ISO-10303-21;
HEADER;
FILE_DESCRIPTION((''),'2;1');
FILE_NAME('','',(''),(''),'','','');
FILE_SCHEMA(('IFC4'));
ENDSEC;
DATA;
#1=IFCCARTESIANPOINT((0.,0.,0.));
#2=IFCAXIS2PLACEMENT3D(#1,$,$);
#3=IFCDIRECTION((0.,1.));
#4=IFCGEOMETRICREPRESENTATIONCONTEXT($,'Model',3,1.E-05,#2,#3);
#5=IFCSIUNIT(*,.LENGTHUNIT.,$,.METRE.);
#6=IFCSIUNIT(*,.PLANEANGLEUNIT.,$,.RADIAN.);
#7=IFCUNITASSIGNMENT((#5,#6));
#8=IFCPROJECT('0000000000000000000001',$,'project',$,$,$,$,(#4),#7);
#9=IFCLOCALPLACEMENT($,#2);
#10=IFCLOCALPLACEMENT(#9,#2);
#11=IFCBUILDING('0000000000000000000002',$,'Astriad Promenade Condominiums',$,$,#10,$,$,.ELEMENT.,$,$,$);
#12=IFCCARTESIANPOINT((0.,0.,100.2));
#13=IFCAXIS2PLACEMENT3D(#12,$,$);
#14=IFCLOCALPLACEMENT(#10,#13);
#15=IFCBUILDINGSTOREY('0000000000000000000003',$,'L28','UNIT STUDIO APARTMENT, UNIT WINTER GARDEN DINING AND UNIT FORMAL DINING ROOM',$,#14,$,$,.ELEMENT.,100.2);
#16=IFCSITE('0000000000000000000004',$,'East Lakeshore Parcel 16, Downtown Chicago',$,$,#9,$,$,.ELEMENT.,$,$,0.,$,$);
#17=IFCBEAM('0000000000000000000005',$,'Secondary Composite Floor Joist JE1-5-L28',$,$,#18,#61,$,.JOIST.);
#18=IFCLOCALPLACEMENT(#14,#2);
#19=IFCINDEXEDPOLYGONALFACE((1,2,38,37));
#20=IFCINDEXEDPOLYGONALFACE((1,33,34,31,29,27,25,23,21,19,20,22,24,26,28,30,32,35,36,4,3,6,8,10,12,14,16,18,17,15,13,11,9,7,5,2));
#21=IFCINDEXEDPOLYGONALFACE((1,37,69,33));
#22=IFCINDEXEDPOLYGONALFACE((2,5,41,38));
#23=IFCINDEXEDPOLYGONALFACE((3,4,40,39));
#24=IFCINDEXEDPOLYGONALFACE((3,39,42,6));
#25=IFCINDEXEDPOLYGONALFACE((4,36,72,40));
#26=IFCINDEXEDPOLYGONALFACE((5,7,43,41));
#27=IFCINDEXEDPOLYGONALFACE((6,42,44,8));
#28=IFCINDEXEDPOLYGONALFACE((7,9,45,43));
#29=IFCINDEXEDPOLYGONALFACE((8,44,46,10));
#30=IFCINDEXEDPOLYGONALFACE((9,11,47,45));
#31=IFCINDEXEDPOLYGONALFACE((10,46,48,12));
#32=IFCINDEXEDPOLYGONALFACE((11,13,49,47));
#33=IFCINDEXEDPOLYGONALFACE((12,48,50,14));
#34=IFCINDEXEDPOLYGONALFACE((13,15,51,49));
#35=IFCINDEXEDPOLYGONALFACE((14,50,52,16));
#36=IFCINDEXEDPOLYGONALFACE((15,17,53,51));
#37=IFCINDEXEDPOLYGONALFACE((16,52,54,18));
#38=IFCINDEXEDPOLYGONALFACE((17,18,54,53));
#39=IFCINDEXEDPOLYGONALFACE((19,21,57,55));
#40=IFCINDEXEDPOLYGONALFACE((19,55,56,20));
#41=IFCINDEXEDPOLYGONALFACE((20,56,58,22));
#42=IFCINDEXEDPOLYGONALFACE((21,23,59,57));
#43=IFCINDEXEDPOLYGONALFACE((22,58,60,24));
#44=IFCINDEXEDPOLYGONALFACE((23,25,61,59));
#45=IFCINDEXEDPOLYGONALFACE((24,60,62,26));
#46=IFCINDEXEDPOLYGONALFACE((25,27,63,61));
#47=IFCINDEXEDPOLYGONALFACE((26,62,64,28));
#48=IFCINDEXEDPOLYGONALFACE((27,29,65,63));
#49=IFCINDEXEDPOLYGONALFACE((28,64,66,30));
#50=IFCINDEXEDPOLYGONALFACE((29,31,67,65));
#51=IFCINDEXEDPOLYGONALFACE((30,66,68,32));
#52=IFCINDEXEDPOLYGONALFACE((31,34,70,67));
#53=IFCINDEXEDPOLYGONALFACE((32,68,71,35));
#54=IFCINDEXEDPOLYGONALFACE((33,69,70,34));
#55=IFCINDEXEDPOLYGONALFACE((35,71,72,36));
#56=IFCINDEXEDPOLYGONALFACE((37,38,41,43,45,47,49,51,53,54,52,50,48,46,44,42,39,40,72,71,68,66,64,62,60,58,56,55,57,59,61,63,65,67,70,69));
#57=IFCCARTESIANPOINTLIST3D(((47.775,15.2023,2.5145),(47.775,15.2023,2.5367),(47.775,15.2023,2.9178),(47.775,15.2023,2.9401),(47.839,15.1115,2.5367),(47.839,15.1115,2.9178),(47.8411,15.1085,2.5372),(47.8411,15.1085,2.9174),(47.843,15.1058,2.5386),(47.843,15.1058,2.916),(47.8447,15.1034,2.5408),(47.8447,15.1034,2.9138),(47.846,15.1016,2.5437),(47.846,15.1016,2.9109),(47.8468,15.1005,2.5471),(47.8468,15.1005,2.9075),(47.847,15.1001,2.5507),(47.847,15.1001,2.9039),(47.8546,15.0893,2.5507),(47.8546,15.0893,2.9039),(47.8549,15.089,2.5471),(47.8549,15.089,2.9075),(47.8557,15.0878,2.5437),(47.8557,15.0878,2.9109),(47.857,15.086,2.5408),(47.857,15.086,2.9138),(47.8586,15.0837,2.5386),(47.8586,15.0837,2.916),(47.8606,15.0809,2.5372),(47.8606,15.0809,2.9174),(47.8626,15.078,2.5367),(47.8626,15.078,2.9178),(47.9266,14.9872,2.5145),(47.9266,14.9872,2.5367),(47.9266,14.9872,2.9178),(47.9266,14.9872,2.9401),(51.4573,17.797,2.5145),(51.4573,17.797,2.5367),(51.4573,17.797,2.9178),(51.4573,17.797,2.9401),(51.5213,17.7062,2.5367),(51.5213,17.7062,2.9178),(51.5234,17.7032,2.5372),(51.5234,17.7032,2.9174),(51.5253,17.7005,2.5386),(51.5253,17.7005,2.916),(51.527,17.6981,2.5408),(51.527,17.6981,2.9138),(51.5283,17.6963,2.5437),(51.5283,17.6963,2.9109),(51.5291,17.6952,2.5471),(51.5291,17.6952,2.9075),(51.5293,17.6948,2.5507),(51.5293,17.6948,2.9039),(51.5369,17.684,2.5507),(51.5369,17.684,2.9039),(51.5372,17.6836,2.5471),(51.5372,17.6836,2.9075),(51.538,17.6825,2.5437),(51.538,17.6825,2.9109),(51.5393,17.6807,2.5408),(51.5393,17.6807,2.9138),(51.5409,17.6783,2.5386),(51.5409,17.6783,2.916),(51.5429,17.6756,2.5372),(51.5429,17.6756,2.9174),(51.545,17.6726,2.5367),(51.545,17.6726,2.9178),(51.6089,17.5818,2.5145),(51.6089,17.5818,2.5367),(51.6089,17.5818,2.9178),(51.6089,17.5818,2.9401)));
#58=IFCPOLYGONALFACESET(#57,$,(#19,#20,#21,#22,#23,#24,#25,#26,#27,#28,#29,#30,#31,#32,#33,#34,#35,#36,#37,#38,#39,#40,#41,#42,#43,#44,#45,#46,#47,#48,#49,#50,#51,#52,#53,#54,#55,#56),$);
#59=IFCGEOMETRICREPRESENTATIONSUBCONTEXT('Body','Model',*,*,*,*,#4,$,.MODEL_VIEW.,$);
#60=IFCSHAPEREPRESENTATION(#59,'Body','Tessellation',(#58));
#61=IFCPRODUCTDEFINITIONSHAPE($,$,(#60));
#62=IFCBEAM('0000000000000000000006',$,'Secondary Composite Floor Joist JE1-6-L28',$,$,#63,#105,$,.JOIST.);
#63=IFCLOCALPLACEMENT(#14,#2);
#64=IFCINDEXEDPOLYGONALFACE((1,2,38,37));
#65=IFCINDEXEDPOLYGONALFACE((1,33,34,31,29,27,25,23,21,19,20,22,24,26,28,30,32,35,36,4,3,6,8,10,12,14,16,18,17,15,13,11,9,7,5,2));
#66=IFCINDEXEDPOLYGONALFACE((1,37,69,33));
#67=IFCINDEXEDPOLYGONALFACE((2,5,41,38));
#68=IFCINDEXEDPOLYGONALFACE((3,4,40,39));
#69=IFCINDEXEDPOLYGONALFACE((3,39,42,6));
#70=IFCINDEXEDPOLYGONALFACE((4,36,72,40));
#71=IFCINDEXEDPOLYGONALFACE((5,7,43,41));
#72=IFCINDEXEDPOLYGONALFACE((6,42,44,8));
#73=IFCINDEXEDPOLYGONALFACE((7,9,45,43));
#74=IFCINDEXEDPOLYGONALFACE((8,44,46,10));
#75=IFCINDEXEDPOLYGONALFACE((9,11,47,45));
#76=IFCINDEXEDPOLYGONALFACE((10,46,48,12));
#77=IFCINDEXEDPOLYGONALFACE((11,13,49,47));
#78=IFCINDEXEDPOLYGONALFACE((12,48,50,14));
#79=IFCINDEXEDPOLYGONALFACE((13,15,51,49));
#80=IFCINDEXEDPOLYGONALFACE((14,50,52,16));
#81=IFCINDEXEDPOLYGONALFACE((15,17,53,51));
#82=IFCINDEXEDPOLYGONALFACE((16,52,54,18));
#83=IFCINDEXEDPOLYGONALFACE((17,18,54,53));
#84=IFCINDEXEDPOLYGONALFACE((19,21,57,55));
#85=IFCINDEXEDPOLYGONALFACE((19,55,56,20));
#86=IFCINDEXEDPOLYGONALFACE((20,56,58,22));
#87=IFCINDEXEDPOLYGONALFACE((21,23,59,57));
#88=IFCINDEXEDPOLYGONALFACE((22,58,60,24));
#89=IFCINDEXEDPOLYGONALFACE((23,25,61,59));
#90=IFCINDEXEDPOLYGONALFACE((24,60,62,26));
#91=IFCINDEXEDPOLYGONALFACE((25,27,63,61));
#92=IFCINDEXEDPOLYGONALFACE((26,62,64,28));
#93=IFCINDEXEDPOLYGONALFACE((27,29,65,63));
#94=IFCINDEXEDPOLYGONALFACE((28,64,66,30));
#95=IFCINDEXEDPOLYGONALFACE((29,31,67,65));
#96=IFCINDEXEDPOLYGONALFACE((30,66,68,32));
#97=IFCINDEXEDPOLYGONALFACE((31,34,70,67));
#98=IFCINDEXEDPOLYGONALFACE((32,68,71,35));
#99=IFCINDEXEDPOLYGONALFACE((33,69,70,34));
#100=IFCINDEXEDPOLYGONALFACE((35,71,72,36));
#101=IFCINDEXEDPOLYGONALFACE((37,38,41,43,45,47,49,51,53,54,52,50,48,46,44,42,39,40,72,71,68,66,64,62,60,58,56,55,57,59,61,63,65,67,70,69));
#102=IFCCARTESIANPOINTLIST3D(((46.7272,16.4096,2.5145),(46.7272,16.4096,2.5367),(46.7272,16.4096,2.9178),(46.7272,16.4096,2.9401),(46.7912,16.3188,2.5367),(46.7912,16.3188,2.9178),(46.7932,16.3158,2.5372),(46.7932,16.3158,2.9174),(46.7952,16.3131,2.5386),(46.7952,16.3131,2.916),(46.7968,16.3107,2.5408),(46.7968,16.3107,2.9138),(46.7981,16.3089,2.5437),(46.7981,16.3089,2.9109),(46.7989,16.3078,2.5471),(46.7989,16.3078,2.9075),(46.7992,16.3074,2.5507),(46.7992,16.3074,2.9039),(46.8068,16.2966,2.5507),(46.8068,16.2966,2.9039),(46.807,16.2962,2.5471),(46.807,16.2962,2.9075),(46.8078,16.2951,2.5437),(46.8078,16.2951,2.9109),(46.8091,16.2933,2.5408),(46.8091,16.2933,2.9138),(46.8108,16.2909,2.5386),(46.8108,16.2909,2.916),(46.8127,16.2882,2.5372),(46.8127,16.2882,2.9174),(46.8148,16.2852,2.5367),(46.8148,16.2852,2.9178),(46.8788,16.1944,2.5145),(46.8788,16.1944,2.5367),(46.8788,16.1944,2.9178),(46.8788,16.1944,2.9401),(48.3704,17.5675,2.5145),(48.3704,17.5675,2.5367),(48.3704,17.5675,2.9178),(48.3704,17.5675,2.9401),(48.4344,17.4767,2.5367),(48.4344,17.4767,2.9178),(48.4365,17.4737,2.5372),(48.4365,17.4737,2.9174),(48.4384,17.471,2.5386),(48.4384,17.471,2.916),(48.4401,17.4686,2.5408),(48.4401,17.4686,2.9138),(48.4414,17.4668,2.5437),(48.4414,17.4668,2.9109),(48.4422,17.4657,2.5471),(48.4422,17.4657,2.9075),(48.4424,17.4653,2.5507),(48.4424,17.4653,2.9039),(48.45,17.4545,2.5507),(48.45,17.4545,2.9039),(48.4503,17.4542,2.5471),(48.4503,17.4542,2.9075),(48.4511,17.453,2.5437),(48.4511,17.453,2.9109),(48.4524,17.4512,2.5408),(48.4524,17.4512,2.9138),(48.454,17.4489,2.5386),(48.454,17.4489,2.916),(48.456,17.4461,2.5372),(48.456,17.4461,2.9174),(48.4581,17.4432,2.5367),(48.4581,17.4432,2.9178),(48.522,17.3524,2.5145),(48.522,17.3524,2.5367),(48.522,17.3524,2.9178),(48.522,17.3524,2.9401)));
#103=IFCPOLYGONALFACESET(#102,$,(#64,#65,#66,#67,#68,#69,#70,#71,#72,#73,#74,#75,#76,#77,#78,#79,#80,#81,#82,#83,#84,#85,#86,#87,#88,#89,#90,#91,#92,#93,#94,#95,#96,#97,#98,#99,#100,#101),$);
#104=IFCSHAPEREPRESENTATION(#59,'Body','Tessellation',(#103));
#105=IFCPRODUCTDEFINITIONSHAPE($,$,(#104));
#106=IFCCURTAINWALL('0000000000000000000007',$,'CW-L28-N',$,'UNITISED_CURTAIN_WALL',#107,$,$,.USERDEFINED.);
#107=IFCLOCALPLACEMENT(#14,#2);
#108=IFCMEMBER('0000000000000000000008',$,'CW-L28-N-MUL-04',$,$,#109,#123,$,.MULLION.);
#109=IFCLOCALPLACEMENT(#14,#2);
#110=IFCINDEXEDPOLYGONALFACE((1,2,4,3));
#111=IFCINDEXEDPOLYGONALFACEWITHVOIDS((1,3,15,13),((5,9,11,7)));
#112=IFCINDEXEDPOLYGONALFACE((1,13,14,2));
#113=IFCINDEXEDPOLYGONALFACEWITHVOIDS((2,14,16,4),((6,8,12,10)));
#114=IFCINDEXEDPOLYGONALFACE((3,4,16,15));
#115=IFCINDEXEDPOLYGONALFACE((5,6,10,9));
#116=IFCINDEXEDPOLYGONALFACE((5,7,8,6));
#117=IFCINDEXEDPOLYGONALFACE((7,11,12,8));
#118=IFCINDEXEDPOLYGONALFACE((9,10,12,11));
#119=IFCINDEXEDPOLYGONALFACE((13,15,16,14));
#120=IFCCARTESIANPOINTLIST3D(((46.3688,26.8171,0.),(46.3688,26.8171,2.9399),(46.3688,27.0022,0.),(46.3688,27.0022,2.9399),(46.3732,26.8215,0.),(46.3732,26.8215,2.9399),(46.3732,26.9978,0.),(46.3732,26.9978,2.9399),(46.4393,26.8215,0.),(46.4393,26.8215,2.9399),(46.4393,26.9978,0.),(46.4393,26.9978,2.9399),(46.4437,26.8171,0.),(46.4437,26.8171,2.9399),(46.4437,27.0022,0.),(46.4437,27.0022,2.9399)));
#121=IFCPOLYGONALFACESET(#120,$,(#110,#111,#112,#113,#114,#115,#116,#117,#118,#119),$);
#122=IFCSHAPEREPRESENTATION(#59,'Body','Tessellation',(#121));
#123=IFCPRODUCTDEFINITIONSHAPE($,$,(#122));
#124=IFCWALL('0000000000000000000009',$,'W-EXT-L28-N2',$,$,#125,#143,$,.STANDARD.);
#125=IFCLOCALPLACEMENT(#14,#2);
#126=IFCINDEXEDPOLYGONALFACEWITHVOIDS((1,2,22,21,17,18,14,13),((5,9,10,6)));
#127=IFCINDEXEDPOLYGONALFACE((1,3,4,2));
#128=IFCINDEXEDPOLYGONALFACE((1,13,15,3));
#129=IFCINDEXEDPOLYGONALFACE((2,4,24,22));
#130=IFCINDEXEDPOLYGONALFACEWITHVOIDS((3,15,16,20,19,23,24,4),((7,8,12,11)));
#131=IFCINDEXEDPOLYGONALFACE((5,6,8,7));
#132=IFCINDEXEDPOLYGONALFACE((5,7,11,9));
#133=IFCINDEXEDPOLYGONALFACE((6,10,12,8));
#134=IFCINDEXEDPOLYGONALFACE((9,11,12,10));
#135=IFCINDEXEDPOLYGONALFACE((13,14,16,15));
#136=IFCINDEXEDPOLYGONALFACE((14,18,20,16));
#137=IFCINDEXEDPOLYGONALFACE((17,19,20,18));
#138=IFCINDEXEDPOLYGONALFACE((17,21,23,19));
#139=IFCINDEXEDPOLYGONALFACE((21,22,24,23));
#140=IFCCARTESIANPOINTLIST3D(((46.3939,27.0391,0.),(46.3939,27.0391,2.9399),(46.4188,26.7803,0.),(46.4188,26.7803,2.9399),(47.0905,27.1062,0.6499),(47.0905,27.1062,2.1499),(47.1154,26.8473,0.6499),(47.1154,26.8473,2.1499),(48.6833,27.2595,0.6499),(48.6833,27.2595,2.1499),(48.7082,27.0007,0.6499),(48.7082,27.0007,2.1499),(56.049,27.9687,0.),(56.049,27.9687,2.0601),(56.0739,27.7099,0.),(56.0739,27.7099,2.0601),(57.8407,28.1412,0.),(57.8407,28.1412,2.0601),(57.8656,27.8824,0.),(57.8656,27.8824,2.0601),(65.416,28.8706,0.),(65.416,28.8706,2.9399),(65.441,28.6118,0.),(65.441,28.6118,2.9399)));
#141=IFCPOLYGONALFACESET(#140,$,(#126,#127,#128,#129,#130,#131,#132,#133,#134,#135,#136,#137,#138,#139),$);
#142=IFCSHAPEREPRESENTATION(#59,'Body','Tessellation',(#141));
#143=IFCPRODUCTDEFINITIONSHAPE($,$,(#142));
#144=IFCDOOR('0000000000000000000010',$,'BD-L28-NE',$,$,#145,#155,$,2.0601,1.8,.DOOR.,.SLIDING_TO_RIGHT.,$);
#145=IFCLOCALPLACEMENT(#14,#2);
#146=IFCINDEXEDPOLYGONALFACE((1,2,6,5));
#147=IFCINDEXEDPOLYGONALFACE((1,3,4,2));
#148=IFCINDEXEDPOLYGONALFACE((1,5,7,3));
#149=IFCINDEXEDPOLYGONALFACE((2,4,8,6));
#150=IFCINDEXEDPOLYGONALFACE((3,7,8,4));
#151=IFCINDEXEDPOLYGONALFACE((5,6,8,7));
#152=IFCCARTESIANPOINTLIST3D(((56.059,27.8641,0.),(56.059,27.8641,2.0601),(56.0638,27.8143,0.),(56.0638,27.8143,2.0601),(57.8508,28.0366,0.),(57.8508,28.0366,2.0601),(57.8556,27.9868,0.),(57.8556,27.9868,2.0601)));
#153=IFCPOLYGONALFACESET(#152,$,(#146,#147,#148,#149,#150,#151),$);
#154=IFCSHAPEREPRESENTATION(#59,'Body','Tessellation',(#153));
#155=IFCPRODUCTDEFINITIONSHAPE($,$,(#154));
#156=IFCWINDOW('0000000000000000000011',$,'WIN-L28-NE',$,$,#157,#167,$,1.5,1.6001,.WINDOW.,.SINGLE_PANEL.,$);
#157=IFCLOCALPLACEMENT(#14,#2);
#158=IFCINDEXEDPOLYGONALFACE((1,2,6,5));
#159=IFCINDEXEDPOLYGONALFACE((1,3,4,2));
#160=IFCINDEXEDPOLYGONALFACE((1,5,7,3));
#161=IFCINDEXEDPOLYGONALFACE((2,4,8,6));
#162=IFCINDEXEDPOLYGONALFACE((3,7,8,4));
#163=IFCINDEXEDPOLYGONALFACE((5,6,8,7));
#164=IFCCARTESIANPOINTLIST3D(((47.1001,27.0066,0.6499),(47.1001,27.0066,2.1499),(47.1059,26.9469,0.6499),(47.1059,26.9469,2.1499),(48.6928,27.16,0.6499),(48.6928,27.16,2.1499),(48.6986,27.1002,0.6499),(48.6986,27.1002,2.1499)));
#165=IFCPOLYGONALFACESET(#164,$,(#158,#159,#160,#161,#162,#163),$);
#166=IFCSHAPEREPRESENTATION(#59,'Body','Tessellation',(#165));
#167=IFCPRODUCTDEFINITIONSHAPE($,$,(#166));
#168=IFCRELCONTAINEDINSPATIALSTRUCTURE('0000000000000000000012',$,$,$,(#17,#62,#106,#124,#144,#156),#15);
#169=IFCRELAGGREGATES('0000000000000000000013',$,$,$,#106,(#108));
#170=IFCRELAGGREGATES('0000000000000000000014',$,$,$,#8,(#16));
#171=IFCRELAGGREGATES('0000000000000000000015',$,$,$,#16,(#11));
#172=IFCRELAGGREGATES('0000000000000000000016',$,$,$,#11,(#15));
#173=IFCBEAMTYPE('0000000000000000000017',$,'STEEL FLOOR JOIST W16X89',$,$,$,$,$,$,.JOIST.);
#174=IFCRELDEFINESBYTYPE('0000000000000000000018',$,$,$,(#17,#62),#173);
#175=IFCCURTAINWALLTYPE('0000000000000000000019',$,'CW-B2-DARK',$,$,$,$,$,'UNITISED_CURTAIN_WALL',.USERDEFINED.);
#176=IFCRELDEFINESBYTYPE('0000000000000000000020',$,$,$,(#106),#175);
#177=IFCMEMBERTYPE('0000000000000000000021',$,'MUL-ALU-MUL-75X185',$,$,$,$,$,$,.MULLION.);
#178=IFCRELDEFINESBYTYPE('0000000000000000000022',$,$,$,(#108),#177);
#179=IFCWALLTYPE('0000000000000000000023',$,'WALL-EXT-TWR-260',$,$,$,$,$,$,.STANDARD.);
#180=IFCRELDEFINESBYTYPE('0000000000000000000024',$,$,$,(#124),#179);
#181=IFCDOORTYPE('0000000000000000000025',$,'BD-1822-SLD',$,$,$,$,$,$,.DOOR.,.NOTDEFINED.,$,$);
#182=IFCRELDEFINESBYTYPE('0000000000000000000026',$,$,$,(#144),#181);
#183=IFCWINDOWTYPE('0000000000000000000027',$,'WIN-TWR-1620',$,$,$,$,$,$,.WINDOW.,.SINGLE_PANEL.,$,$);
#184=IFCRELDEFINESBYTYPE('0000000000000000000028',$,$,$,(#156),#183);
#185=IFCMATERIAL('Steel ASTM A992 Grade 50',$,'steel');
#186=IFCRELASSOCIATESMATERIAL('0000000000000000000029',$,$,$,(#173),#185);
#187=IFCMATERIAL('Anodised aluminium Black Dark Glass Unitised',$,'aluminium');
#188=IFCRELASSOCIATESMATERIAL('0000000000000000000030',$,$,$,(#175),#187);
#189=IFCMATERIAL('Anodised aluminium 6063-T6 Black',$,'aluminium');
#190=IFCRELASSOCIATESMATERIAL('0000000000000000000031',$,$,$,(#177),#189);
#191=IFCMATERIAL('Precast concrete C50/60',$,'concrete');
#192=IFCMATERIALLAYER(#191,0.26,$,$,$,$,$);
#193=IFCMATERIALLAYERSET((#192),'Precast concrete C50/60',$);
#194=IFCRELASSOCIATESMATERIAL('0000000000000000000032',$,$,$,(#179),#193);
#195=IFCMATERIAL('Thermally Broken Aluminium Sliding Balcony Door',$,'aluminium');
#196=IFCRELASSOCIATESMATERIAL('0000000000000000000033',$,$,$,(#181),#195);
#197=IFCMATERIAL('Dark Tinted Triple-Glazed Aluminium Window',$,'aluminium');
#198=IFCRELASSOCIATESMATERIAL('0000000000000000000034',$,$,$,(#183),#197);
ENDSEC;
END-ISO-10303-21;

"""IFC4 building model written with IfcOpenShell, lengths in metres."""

from ifc_helpers import new_model, si_unit, direction, frame, frame_2d, origin, origin_2d, place, context, subcontext, project, spatial, rectangle, hollow_rectangle, i_section, extrude, source, transform, mapped, material, layer, layer_set, material_profile, profile_set, type_object, type_shapes, element, fill, aggregate, save


model = new_model("IFC4")

# Units and contexts
model_context = context("Model", 3, precision=1e-05, world=origin(), true_north=direction((0.0, 1.0)))
body_context = subcontext(model_context, "Body", "Model", "MODEL_VIEW")
ifc_project = project(units=[si_unit("LENGTHUNIT", "METRE"), si_unit("PLANEANGLEUNIT", "RADIAN")], contexts=[model_context])

# Site, building, storey
site_placement = place(None, origin())
site = spatial("IfcSite", under=ifc_project, at=site_placement, Name="East Lakeshore Parcel 16, Downtown Chicago", CompositionType="ELEMENT", RefElevation=0.0)
building_placement = place(site_placement, origin())
building = spatial("IfcBuilding", under=site, at=building_placement, Name="Astriad Promenade Condominiums", CompositionType="ELEMENT")
storey_placement = place(building_placement, frame((0.0, 0.0, 100.2)))
storey = spatial("IfcBuildingStorey", under=building, at=storey_placement, Name="L28", Description="UNIT STUDIO APARTMENT, UNIT WINTER GARDEN DINING AND UNIT FORMAL DINING ROOM", CompositionType="ELEMENT", Elevation=100.2)

# Beams
ifc_material_1 = material(Name="Steel ASTM A992 Grade 50", Category="steel")
ifc_material_profile_1 = material_profile(ifc_material_1, i_section(OverallWidth=0.2632, OverallDepth=0.4255, WebThickness=0.0132, FlangeThickness=0.0222, FilletRadius=0.0139, at=origin_2d()), Name="W16X89")
ifc_profile_set_1 = profile_set([ifc_material_profile_1], Name="Steel ASTM A992 Grade 50")
beam_type_1 = type_object("IfcBeamType", Name="STEEL FLOOR JOIST W16X89", PredefinedType="JOIST", material=ifc_profile_set_1)
shared_shape_1 = source(origin(), body_context, "Body", "SweptSolid", [
    extrude(i_section(OverallWidth=0.2632, OverallDepth=0.4255, WebThickness=0.0132, FlangeThickness=0.0222, FilletRadius=0.0139, at=origin_2d()), origin(), (0.0, 0.0, 1.0), 4.5046),
])
beam_1_placement = place(storey_placement, frame((47.8508, 15.0947, 2.7273), z_axis=(0.817448, 0.576002, 0.0), x_axis=(-0.576002, 0.817448, 0.0)))
element("IfcBeam", 1, at=beam_1_placement, inside=storey, type_object=beam_type_1, Name="Secondary Composite Floor Joist JE1-5-L28", PredefinedType="JOIST", context=body_context, shape_type="MappedRepresentation", body=[
    mapped(shared_shape_1, transform((0.0, 0.0, 0.0), scale=1.0)),
])
shared_shape_2 = source(origin(), body_context, "Body", "SweptSolid", [
    extrude(i_section(OverallWidth=0.2632, OverallDepth=0.4255, WebThickness=0.0132, FlangeThickness=0.0222, FilletRadius=0.0139, at=origin_2d()), origin(), (0.0, 0.0, 1.0), 2.0103),
])
beam_2_placement = place(storey_placement, frame((46.803, 16.302, 2.7273), z_axis=(0.817442, 0.576011, 0.0), x_axis=(-0.576011, 0.817442, 0.0)))
element("IfcBeam", 2, at=beam_2_placement, inside=storey, type_object=beam_type_1, Name="Secondary Composite Floor Joist JE1-6-L28", PredefinedType="JOIST", context=body_context, shape_type="MappedRepresentation", body=[
    mapped(shared_shape_2, transform((0.0, 0.0, 0.0), scale=1.0)),
])

# Curtain wall, member
ifc_material_2 = material(Name="Anodised aluminium Black Dark Glass Unitised", Category="aluminium")
curtain_wall_type = type_object("IfcCurtainWallType", Name="CW-B2-DARK", ElementType="UNITISED_CURTAIN_WALL", PredefinedType="USERDEFINED", material=ifc_material_2)
curtain_wall_placement = place(storey_placement, origin())
curtain_wall = element("IfcCurtainWall", 3, at=curtain_wall_placement, inside=storey, type_object=curtain_wall_type, Name="CW-L28-N", ObjectType="UNITISED_CURTAIN_WALL", PredefinedType="USERDEFINED")
ifc_material_3 = material(Name="Anodised aluminium 6063-T6 Black", Category="aluminium")
ifc_material_profile_2 = material_profile(ifc_material_3, hollow_rectangle(XDim=0.075, YDim=0.1851, WallThickness=0.0044, at=origin_2d()), Name="ALU-MUL-75X185")
ifc_profile_set_2 = profile_set([ifc_material_profile_2], Name="Anodised aluminium 6063-T6 Black")
member_type = type_object("IfcMemberType", Name="MUL-ALU-MUL-75X185", PredefinedType="MULLION", material=ifc_profile_set_2)
shared_shape_3 = source(origin(), body_context, "Body", "SweptSolid", [
    extrude(hollow_rectangle(XDim=0.075, YDim=0.1851, WallThickness=0.0044, at=origin_2d()), origin(), (0.0, 0.0, 1.0), 2.9399),
])
type_shapes(member_type, [shared_shape_3])
member_placement = place(storey_placement, frame((46.4062, 26.9097, 0.0), z_axis=(0.0, 0.0, 1.0), x_axis=(1.0, 0.0, 0.0)))
member = element("IfcMember", 4, at=member_placement, type_object=member_type, Name="CW-L28-N-MUL-04", PredefinedType="MULLION", context=body_context, shape_type="MappedRepresentation", body=[
    mapped(shared_shape_3, transform((0.0, 0.0, 0.0), scale=1.0)),
])
aggregate(curtain_wall, [member])

# Wall, openings, door, window
ifc_material_4 = material(Name="Precast concrete C50/60", Category="concrete")
ifc_layer_1 = layer(ifc_material_4, 0.26)
ifc_layer_set_1 = layer_set([ifc_layer_1], Name="Precast concrete C50/60")
wall_type_1 = type_object("IfcWallType", Name="WALL-EXT-TWR-260", PredefinedType="STANDARD", material=ifc_layer_set_1)
wall_1_placement = place(storey_placement, frame((46.4062, 26.9097, 0.0), z_axis=(0.0, 0.0, 1.0), x_axis=(0.995397, 0.095841, 0.0)))
wall_1 = element("IfcWall", 5, at=wall_1_placement, inside=storey, type_object=wall_type_1, Name="W-EXT-L28-N2", PredefinedType="STANDARD", context=body_context, shape_type="SweptSolid", body=[
    extrude(rectangle(XDim=19.1101, YDim=0.26, at=frame_2d((9.5552, 0.0))), origin(), (0.0, 0.0, 1.0), 2.9399),
])
opening_1_placement = place(wall_1_placement, frame((9.7, 0.0, 0.0)))
opening_1 = element("IfcOpeningElement", 6, at=opening_1_placement, cuts=wall_1, PredefinedType="OPENING", context=body_context, shape_type="SweptSolid", body=[
    extrude(rectangle(XDim=1.8, YDim=2.0601, at=frame_2d((0.8999, 1.03))), frame((0.0, 0.1399, 0.0), z_axis=(0.0, -1.0, 0.0), x_axis=(1.0, 0.0, 0.0)), (0.0, 0.0, 1.0), 0.28),
])
opening_2_placement = place(wall_1_placement, frame((0.7, 0.0, 0.6499)))
opening_2 = element("IfcOpeningElement", 7, at=opening_2_placement, cuts=wall_1, PredefinedType="OPENING", context=body_context, shape_type="SweptSolid", body=[
    extrude(rectangle(XDim=1.6001, YDim=1.5, at=frame_2d((0.8, 0.75))), frame((0.0, 0.1399, 0.0), z_axis=(0.0, -1.0, 0.0), x_axis=(1.0, 0.0, 0.0)), (0.0, 0.0, 1.0), 0.28),
])
ifc_material_5 = material(Name="Thermally Broken Aluminium Sliding Balcony Door", Category="aluminium")
door_type_1 = type_object("IfcDoorType", Name="BD-1822-SLD", OperationType="NOTDEFINED", PredefinedType="DOOR", material=ifc_material_5)
shared_shape_4 = source(origin(), body_context, "Body", "SweptSolid", [
    extrude(rectangle(XDim=1.8, YDim=2.0601, at=frame_2d((0.8999, 1.03))), frame((0.0, 0.0249, 0.0), z_axis=(0.0, -1.0, 0.0), x_axis=(1.0, 0.0, 0.0)), (0.0, 0.0, 1.0), 0.05),
])
type_shapes(door_type_1, [shared_shape_4])
door_1_placement = place(opening_1_placement, origin())
door_1 = element("IfcDoor", 8, at=door_1_placement, inside=storey, type_object=door_type_1, Name="BD-L28-NE", OperationType="SLIDING_TO_RIGHT", OverallHeight=2.0601, OverallWidth=1.8, PredefinedType="DOOR", context=body_context, shape_type="MappedRepresentation", body=[
    mapped(shared_shape_4, transform((0.0, 0.0, 0.0), scale=1.0)),
])
fill(opening_1, door_1)
ifc_material_6 = material(Name="Dark Tinted Triple-Glazed Aluminium Window", Category="aluminium")
window_type = type_object("IfcWindowType", Name="WIN-TWR-1620", PartitioningType="SINGLE_PANEL", PredefinedType="WINDOW", material=ifc_material_6)
shared_shape_5 = source(origin(), body_context, "Body", "SweptSolid", [
    extrude(rectangle(XDim=1.6001, YDim=1.5, at=frame_2d((0.8, 0.75))), frame((0.0, 0.03, 0.0), z_axis=(0.0, -1.0, 0.0), x_axis=(1.0, 0.0, 0.0)), (0.0, 0.0, 1.0), 0.0601),
])
type_shapes(window_type, [shared_shape_5])
window_placement = place(opening_2_placement, origin())
window = element("IfcWindow", 9, at=window_placement, inside=storey, type_object=window_type, Name="WIN-L28-NE", OverallHeight=1.5, OverallWidth=1.6001, PartitioningType="SINGLE_PANEL", PredefinedType="WINDOW", context=body_context, shape_type="MappedRepresentation", body=[
    mapped(shared_shape_5, transform((0.0, 0.0, 0.0), scale=1.0)),
])
fill(opening_2, window)

save(model, "model.ifc")
